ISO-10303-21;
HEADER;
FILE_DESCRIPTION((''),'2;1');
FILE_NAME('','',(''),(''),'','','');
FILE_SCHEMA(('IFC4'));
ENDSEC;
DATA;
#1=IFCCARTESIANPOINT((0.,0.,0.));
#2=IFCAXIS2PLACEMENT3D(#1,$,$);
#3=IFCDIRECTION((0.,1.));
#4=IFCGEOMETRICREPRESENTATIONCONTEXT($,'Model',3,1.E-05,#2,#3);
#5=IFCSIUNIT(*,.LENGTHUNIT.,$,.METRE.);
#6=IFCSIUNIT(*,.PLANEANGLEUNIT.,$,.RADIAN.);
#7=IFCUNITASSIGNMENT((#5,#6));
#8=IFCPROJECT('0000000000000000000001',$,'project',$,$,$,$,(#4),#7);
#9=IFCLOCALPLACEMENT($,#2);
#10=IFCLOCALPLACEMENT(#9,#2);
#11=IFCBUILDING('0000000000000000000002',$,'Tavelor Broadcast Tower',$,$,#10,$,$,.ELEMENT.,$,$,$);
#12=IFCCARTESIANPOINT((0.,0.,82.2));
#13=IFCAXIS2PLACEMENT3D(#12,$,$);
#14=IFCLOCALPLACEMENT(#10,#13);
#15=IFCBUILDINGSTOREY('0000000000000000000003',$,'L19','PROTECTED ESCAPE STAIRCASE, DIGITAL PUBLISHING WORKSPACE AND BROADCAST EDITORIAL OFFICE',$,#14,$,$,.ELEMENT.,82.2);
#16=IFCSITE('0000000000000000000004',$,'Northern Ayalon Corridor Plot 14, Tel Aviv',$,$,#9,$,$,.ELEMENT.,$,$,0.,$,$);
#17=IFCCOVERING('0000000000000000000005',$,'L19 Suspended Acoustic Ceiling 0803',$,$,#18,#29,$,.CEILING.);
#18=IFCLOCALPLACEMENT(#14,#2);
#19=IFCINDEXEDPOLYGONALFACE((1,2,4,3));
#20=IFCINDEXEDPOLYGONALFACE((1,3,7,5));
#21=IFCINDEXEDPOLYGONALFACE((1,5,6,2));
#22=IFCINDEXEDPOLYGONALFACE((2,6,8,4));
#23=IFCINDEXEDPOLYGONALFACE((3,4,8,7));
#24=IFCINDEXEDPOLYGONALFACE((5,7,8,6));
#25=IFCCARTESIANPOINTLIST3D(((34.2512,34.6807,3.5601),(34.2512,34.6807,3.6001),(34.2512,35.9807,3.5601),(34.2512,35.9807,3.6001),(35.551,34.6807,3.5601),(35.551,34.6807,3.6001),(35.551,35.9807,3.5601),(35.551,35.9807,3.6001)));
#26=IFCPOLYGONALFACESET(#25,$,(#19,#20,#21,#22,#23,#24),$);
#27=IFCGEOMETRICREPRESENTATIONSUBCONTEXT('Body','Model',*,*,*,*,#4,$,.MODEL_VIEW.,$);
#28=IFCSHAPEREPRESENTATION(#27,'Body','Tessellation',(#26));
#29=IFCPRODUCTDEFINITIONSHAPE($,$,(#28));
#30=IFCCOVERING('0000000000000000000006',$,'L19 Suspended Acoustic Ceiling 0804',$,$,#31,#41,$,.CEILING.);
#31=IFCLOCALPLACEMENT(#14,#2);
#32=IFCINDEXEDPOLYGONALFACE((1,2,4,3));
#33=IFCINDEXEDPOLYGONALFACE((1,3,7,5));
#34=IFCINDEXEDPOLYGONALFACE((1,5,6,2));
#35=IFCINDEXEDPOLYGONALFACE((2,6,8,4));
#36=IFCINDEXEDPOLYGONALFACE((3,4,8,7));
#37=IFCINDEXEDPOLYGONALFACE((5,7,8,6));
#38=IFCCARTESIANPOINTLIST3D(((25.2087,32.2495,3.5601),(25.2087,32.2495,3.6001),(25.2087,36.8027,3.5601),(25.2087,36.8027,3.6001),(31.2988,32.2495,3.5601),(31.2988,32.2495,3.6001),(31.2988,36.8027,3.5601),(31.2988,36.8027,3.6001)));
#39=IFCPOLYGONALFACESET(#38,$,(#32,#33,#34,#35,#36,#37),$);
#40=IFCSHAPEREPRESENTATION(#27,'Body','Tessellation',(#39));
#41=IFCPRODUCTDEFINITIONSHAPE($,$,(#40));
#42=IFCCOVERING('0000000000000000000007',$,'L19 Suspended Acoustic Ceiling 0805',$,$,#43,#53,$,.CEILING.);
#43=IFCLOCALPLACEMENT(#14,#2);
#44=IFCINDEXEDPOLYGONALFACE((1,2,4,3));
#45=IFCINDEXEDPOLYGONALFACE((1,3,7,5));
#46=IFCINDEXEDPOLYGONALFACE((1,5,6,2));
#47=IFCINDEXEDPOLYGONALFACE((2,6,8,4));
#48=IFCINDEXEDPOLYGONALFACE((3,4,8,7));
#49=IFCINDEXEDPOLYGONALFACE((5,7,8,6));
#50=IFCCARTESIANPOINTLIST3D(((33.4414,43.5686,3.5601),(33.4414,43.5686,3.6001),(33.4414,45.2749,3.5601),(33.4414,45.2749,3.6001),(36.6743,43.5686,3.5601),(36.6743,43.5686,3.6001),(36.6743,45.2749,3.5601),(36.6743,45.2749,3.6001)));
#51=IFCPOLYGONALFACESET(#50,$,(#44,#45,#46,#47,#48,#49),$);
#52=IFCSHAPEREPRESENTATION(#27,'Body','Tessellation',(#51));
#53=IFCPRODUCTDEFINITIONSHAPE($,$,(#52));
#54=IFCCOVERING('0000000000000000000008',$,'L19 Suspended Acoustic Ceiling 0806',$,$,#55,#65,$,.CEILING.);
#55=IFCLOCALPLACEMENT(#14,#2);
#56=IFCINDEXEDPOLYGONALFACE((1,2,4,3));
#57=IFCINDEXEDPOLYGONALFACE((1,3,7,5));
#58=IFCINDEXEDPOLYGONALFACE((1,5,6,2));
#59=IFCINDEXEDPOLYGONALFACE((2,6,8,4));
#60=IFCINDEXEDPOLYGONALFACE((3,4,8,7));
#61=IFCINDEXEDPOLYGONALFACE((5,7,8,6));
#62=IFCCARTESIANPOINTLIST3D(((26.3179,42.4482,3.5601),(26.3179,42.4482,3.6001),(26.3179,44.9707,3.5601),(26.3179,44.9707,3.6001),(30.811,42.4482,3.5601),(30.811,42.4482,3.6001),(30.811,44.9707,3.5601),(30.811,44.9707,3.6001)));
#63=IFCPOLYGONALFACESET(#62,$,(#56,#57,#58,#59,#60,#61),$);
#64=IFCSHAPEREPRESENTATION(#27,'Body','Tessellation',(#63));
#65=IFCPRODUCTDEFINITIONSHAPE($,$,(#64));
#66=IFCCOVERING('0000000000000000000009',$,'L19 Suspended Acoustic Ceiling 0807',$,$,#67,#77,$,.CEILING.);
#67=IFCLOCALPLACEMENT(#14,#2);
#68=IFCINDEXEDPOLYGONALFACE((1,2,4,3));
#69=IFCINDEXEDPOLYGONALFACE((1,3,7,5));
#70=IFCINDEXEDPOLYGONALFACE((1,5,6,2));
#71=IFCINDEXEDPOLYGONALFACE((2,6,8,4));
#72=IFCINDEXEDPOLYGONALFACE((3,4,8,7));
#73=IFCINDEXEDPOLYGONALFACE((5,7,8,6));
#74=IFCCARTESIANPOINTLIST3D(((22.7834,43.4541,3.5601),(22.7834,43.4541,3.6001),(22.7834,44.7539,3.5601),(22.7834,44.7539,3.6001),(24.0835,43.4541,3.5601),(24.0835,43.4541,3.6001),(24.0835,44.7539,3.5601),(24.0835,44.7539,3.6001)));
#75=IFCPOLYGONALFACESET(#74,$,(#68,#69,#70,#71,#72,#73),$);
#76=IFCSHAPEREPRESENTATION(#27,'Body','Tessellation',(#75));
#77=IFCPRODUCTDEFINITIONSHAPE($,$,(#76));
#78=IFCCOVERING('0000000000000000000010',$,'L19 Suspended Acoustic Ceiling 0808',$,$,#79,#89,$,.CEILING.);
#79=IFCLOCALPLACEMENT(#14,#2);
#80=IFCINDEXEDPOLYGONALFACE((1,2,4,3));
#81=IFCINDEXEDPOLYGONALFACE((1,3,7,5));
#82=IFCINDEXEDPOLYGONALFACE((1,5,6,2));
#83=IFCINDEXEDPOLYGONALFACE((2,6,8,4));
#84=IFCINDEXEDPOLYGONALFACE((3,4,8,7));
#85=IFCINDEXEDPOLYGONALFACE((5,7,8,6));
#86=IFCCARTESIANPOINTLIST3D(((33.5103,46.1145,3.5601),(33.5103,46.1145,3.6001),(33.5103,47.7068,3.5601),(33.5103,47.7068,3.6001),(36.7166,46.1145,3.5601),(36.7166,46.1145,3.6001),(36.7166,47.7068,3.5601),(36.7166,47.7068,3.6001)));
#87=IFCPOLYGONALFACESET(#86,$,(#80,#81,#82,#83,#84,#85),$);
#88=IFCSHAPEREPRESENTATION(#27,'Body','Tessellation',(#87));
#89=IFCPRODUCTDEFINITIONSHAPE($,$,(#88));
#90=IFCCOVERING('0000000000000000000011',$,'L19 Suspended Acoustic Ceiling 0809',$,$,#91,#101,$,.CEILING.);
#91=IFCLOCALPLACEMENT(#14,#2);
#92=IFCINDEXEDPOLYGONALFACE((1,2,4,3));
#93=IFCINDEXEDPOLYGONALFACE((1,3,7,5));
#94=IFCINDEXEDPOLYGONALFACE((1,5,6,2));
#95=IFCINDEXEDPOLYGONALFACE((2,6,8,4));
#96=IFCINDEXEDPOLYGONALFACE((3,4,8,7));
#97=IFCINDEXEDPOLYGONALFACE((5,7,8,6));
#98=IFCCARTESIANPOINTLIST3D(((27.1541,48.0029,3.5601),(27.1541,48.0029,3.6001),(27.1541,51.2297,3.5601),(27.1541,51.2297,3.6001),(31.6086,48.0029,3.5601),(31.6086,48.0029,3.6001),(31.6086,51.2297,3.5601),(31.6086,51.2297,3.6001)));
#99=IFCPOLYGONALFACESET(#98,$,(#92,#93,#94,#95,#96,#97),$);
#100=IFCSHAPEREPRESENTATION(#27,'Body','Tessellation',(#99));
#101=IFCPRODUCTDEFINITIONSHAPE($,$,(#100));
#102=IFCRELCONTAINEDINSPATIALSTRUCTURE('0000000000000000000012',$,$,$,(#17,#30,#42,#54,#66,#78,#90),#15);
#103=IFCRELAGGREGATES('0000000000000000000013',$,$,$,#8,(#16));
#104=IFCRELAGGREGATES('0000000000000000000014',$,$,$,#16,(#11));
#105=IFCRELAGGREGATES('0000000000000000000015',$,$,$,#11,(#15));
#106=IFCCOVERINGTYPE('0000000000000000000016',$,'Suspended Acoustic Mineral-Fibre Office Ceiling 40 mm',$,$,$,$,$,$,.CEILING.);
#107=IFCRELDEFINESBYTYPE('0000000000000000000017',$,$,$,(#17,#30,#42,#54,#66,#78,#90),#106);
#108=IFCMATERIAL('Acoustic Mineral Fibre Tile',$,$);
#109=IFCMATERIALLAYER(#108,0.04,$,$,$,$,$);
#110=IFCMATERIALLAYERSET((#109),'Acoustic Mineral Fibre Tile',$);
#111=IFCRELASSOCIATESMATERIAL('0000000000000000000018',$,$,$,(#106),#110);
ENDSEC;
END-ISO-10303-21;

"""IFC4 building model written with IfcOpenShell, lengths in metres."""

from ifc_helpers import new_model, si_unit, direction, frame, origin, place, context, subcontext, project, spatial, polyline, outline, extrude, material, layer, layer_set, type_object, element, save


model = new_model("IFC4")

# Units and contexts
model_context = context("Model", 3, precision=1e-05, world=origin(), true_north=direction((0.0, 1.0)))
body_context = subcontext(model_context, "Body", "Model", "MODEL_VIEW")
ifc_project = project(units=[si_unit("LENGTHUNIT", "METRE"), si_unit("PLANEANGLEUNIT", "RADIAN")], contexts=[model_context])

# Site, building, storey
site_placement = place(None, origin())
site = spatial("IfcSite", under=ifc_project, at=site_placement, Name="Northern Ayalon Corridor Plot 14, Tel Aviv", CompositionType="ELEMENT", RefElevation=0.0)
building_placement = place(site_placement, origin())
building = spatial("IfcBuilding", under=site, at=building_placement, Name="Tavelor Broadcast Tower", CompositionType="ELEMENT")
storey_placement = place(building_placement, frame((0.0, 0.0, 82.2)))
storey = spatial("IfcBuildingStorey", under=building, at=storey_placement, Name="L19", Description="PROTECTED ESCAPE STAIRCASE, DIGITAL PUBLISHING WORKSPACE AND BROADCAST EDITORIAL OFFICE", CompositionType="ELEMENT", Elevation=82.2)

# Coverings
ifc_material_1 = material(Name="Acoustic Mineral Fibre Tile")
ifc_layer_1 = layer(ifc_material_1, 0.04)
ifc_layer_set_1 = layer_set([ifc_layer_1], Name="Acoustic Mineral Fibre Tile")
covering_type_1 = type_object("IfcCoveringType", Name="Suspended Acoustic Mineral-Fibre Office Ceiling 40 mm", PredefinedType="CEILING", material=ifc_layer_set_1)
covering_1_placement = place(storey_placement, frame((0.0, 0.0, 3.5601)))
element("IfcCovering", 1, at=covering_1_placement, inside=storey, type_object=covering_type_1, Name="L19 Suspended Acoustic Ceiling 0803", PredefinedType="CEILING", context=body_context, shape_type="SweptSolid", body=[
    extrude(outline(polyline([(34.2512, 34.6807), (35.551, 34.6807), (35.551, 35.9807), (34.2512, 35.9807), (34.2512, 34.6807)])), origin(), (0.0, 0.0, 1.0), 0.04),
])
covering_2_placement = place(storey_placement, frame((0.0, 0.0, 3.5601)))
element("IfcCovering", 2, at=covering_2_placement, inside=storey, type_object=covering_type_1, Name="L19 Suspended Acoustic Ceiling 0804", PredefinedType="CEILING", context=body_context, shape_type="SweptSolid", body=[
    extrude(outline(polyline([(25.2087, 32.2495), (31.2988, 32.2495), (31.2988, 36.8027), (25.2087, 36.8027), (25.2087, 32.2495)])), origin(), (0.0, 0.0, 1.0), 0.04),
])
covering_3_placement = place(storey_placement, frame((0.0, 0.0, 3.5601)))
element("IfcCovering", 3, at=covering_3_placement, inside=storey, type_object=covering_type_1, Name="L19 Suspended Acoustic Ceiling 0805", PredefinedType="CEILING", context=body_context, shape_type="SweptSolid", body=[
    extrude(outline(polyline([(33.4414, 43.5686), (36.6743, 43.5686), (36.6743, 45.2749), (33.4414, 45.2749), (33.4414, 43.5686)])), origin(), (0.0, 0.0, 1.0), 0.04),
])
covering_4_placement = place(storey_placement, frame((0.0, 0.0, 3.5601)))
element("IfcCovering", 4, at=covering_4_placement, inside=storey, type_object=covering_type_1, Name="L19 Suspended Acoustic Ceiling 0806", PredefinedType="CEILING", context=body_context, shape_type="SweptSolid", body=[
    extrude(outline(polyline([(26.3179, 42.4482), (30.811, 42.4482), (30.811, 44.9707), (26.3179, 44.9707), (26.3179, 42.4482)])), origin(), (0.0, 0.0, 1.0), 0.04),
])
covering_5_placement = place(storey_placement, frame((0.0, 0.0, 3.5601)))
element("IfcCovering", 5, at=covering_5_placement, inside=storey, type_object=covering_type_1, Name="L19 Suspended Acoustic Ceiling 0807", PredefinedType="CEILING", context=body_context, shape_type="SweptSolid", body=[
    extrude(outline(polyline([(22.7834, 43.4541), (24.0835, 43.4541), (24.0835, 44.7539), (22.7834, 44.7539), (22.7834, 43.4541)])), origin(), (0.0, 0.0, 1.0), 0.04),
])
covering_6_placement = place(storey_placement, frame((0.0, 0.0, 3.5601)))
element("IfcCovering", 6, at=covering_6_placement, inside=storey, type_object=covering_type_1, Name="L19 Suspended Acoustic Ceiling 0808", PredefinedType="CEILING", context=body_context, shape_type="SweptSolid", body=[
    extrude(outline(polyline([(33.5103, 46.1145), (36.7166, 46.1145), (36.7166, 47.7068), (33.5103, 47.7068), (33.5103, 46.1145)])), origin(), (0.0, 0.0, 1.0), 0.04),
])
covering_7_placement = place(storey_placement, frame((0.0, 0.0, 3.5601)))
element("IfcCovering", 7, at=covering_7_placement, inside=storey, type_object=covering_type_1, Name="L19 Suspended Acoustic Ceiling 0809", PredefinedType="CEILING", context=body_context, shape_type="SweptSolid", body=[
    extrude(outline(polyline([(27.1541, 48.0029), (31.6086, 48.0029), (31.6086, 51.2297), (27.1541, 51.2297), (27.1541, 48.0029)])), origin(), (0.0, 0.0, 1.0), 0.04),
])

save(model, "model.ifc")
